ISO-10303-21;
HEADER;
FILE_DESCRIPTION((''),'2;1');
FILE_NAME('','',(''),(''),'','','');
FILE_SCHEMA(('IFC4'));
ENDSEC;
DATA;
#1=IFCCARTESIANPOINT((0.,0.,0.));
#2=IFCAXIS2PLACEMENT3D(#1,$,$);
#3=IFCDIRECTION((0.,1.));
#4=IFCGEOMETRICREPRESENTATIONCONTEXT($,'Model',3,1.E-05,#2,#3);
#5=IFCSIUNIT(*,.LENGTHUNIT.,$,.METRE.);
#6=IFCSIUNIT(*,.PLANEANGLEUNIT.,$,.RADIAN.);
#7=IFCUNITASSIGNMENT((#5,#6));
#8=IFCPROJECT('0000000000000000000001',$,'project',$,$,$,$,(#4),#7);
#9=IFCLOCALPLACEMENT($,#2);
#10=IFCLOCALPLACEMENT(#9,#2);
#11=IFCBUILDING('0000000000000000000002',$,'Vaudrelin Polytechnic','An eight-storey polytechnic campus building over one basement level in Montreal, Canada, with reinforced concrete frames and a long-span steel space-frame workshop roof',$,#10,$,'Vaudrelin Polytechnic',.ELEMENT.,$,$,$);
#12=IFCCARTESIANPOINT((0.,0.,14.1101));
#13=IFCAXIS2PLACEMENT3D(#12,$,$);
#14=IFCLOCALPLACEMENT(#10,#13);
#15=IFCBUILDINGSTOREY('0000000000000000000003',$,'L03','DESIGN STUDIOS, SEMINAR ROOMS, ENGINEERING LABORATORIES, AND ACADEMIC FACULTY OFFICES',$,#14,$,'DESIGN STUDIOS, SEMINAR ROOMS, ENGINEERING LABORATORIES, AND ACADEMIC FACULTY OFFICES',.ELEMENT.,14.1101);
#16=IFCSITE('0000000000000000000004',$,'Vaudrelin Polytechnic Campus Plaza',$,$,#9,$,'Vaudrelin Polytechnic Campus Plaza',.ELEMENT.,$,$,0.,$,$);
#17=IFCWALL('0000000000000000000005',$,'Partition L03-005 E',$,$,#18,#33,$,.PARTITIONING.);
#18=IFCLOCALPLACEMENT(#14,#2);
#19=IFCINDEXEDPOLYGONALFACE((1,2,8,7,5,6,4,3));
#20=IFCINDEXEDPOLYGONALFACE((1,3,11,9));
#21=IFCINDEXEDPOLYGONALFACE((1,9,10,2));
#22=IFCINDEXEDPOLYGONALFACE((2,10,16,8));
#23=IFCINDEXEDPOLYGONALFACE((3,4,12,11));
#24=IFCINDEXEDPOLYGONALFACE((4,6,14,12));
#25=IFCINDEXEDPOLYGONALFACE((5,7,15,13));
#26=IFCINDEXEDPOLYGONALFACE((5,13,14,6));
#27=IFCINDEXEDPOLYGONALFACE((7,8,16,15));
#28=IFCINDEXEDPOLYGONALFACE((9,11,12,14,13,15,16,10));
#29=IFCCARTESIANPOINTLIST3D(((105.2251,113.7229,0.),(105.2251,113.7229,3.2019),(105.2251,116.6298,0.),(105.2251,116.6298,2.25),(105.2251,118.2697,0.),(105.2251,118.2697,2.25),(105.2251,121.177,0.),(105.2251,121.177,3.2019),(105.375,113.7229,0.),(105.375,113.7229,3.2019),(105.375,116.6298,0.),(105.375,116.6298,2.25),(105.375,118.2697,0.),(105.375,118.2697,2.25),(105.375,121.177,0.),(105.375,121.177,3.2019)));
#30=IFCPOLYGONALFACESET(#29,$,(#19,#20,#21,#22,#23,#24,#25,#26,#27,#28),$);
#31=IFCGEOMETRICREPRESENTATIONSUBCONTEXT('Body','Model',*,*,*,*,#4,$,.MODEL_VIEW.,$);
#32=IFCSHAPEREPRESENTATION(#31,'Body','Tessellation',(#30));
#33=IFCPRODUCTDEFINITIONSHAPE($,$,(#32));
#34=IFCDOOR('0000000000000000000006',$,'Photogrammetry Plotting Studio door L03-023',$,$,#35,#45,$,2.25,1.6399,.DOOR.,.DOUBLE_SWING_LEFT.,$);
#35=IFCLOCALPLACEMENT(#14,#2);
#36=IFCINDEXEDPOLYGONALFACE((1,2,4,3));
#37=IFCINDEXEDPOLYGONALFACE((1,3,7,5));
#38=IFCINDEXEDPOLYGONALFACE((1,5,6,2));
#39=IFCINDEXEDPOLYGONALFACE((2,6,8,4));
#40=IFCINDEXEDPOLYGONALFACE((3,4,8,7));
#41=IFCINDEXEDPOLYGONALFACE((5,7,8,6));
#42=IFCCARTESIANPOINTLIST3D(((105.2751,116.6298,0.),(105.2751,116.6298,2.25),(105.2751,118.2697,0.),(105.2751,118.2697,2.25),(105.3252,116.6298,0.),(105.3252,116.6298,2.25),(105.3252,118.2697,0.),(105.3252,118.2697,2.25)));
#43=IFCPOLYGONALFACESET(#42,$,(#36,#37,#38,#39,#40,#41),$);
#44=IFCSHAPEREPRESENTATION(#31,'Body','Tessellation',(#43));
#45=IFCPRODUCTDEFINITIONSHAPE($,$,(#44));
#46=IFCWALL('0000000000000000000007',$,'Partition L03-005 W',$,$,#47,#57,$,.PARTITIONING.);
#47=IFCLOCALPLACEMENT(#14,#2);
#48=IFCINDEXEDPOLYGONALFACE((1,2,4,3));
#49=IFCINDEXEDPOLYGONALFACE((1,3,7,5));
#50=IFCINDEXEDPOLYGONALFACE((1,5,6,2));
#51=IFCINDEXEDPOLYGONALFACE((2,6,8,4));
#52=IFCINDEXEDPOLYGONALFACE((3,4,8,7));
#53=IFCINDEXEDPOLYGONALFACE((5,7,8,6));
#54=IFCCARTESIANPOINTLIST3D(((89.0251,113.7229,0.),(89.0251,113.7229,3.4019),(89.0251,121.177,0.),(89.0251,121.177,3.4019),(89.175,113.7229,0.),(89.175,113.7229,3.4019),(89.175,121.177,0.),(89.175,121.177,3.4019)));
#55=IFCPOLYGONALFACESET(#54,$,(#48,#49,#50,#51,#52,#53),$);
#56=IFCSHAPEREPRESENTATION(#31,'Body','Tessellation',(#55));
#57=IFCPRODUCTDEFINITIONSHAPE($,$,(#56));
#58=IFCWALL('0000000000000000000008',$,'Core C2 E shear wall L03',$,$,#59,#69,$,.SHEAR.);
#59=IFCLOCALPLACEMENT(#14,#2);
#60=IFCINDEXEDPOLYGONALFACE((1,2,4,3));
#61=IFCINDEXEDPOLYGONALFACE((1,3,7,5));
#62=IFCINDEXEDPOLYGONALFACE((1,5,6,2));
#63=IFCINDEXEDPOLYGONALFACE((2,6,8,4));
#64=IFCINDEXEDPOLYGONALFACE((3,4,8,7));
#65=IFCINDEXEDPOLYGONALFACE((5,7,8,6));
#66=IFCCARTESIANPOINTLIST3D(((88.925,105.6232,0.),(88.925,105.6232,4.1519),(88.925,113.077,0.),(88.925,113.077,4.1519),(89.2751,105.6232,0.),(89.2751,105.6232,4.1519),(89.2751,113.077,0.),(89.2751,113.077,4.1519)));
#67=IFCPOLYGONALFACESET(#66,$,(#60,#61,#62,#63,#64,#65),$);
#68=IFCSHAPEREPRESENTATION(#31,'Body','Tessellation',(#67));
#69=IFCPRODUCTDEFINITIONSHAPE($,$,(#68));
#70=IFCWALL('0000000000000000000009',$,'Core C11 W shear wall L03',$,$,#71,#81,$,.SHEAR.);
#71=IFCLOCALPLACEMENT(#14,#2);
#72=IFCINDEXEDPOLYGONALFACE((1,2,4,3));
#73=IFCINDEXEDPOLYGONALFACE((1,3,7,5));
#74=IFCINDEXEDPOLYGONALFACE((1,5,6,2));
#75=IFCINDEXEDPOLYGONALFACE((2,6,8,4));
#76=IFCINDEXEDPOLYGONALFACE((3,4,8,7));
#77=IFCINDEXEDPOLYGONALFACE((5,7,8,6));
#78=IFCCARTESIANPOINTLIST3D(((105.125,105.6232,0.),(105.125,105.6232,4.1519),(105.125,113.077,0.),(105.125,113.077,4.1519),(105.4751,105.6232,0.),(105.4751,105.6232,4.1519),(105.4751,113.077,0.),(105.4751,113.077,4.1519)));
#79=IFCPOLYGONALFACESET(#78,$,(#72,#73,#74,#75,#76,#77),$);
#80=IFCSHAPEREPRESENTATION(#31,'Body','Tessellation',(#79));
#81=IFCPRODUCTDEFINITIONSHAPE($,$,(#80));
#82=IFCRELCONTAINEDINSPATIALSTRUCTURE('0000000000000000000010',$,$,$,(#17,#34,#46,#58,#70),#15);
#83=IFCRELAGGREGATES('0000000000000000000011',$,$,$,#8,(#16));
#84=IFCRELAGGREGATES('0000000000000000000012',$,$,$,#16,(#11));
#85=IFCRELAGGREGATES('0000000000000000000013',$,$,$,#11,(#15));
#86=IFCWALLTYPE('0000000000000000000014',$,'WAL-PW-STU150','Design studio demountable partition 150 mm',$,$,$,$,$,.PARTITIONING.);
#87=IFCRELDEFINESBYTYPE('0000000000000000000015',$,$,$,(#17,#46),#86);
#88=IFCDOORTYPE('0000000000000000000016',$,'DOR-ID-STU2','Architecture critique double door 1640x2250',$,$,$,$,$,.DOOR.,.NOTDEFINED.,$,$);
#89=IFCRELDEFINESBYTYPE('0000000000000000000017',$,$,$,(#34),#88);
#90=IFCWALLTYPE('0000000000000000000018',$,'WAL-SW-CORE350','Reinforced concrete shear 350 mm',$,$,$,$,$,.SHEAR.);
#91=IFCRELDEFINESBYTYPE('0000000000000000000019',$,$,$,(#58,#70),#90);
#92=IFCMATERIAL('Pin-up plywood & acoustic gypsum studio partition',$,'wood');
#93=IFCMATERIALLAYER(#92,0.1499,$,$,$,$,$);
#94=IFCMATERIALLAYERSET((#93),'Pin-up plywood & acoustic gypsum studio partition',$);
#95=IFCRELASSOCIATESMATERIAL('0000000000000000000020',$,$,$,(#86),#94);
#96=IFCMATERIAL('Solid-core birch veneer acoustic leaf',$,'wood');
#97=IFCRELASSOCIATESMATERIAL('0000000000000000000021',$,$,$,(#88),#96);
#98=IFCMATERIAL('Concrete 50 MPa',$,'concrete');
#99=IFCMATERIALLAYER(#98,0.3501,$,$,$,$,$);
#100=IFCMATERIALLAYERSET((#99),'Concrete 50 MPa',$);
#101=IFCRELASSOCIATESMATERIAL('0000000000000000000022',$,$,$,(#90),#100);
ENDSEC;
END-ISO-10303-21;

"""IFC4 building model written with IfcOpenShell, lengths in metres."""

from ifc_helpers import new_model, si_unit, direction, frame, frame_2d, origin, place, context, subcontext, project, spatial, rectangle, extrude, material, layer, layer_set, type_object, element, fill, save


model = new_model("IFC4")

# Units and contexts
model_context = context("Model", 3, precision=1e-05, world=origin(), true_north=direction((0.0, 1.0)))
body_context = subcontext(model_context, "Body", "Model", "MODEL_VIEW")
ifc_project = project(units=[si_unit("LENGTHUNIT", "METRE"), si_unit("PLANEANGLEUNIT", "RADIAN")], contexts=[model_context])

# Site, building, storey
site_placement = place(None, origin())
site = spatial("IfcSite", under=ifc_project, at=site_placement, Name="Vaudrelin Polytechnic Campus Plaza", LongName="Vaudrelin Polytechnic Campus Plaza", CompositionType="ELEMENT", RefElevation=0.0)
building_placement = place(site_placement, origin())
building = spatial("IfcBuilding", under=site, at=building_placement, Name="Vaudrelin Polytechnic", Description="An eight-storey polytechnic campus building over one basement level in Montreal, Canada, with reinforced concrete frames and a long-span steel space-frame workshop roof", LongName="Vaudrelin Polytechnic", CompositionType="ELEMENT")
storey_placement = place(building_placement, frame((0.0, 0.0, 14.1101)))
storey = spatial("IfcBuildingStorey", under=building, at=storey_placement, Name="L03", Description="DESIGN STUDIOS, SEMINAR ROOMS, ENGINEERING LABORATORIES, AND ACADEMIC FACULTY OFFICES", LongName="DESIGN STUDIOS, SEMINAR ROOMS, ENGINEERING LABORATORIES, AND ACADEMIC FACULTY OFFICES", CompositionType="ELEMENT", Elevation=14.1101)

# Shared definitions
ifc_material_1 = material(Name="Concrete 50 MPa", Category="concrete")

# Wall, opening, door
ifc_material_2 = material(Name="Pin-up plywood & acoustic gypsum studio partition", Category="wood")
ifc_layer_1 = layer(ifc_material_2, 0.1499)
ifc_layer_set_1 = layer_set([ifc_layer_1], Name="Pin-up plywood & acoustic gypsum studio partition")
wall_type_1 = type_object("IfcWallType", Name="WAL-PW-STU150", Description="Design studio demountable partition 150 mm", PredefinedType="PARTITIONING", material=ifc_layer_set_1)
wall_1_placement = place(storey_placement, frame((105.3, 113.7229, 0.0), z_axis=(0.0, 0.0, 1.0), x_axis=(0.0, 1.0, 0.0)))
wall_1 = element("IfcWall", 1, at=wall_1_placement, inside=storey, type_object=wall_type_1, Name="Partition L03-005 E", PredefinedType="PARTITIONING", context=body_context, shape_type="SweptSolid", body=[
    extrude(rectangle(XDim=7.4541, YDim=0.1499, at=frame_2d((3.7271, 0.0))), origin(), (0.0, 0.0, 1.0), 3.2019),
])
opening_placement = place(wall_1_placement, frame((2.907, 0.0, 0.0)))
opening = element("IfcOpeningElement", 2, at=opening_placement, cuts=wall_1, PredefinedType="OPENING", context=body_context, shape_type="SweptSolid", body=[
    extrude(rectangle(XDim=1.6399, YDim=2.25, at=frame_2d((0.8198, 1.125))), frame((0.0, 0.085, 0.0), z_axis=(0.0, -1.0, 0.0), x_axis=(1.0, 0.0, 0.0)), (0.0, 0.0, 1.0), 0.1699),
])
ifc_material_3 = material(Name="Solid-core birch veneer acoustic leaf", Category="wood")
door_type = type_object("IfcDoorType", Name="DOR-ID-STU2", Description="Architecture critique double door 1640x2250", OperationType="NOTDEFINED", PredefinedType="DOOR", material=ifc_material_3)
door_placement = place(opening_placement, origin())
door = element("IfcDoor", 3, at=door_placement, inside=storey, type_object=door_type, Name="Photogrammetry Plotting Studio door L03-023", OperationType="DOUBLE_SWING_LEFT", OverallHeight=2.25, OverallWidth=1.6399, PredefinedType="DOOR", context=body_context, shape_type="SweptSolid", body=[
    extrude(rectangle(XDim=1.6399, YDim=2.25, at=frame_2d((0.8198, 1.125))), frame((0.0, 0.0249, 0.0), z_axis=(0.0, -1.0, 0.0), x_axis=(1.0, 0.0, 0.0)), (0.0, 0.0, 1.0), 0.05),
])
fill(opening, door)

# Walls
wall_2_placement = place(storey_placement, frame((89.1001, 113.7229, 0.0), z_axis=(0.0, 0.0, 1.0), x_axis=(0.0, 1.0, 0.0)))
element("IfcWall", 4, at=wall_2_placement, inside=storey, type_object=wall_type_1, Name="Partition L03-005 W", PredefinedType="PARTITIONING", context=body_context, shape_type="SweptSolid", body=[
    extrude(rectangle(XDim=7.4541, YDim=0.1499, at=frame_2d((3.7271, 0.0))), origin(), (0.0, 0.0, 1.0), 3.4019),
])
ifc_layer_2 = layer(ifc_material_1, 0.3501)
ifc_layer_set_2 = layer_set([ifc_layer_2], Name="Concrete 50 MPa")
wall_type_2 = type_object("IfcWallType", Name="WAL-SW-CORE350", Description="Reinforced concrete shear 350 mm", PredefinedType="SHEAR", material=ifc_layer_set_2)
for number, where, z_axis, x_axis, name in (
    (5, (89.1001, 105.623, 0.0), (0.0, 0.0, 1.0), (0.0, 1.0, 0.0), "Core C2 E shear wall L03"),
    (6, (105.3, 105.623, 0.0), (0.0, 0.0, 1.0), (0.0, 1.0, 0.0), "Core C11 W shear wall L03"),
):
    element("IfcWall", number, at=place(storey_placement, frame(where, z_axis=z_axis, x_axis=x_axis)), inside=storey, type_object=wall_type_2, Name=name, PredefinedType="SHEAR", context=body_context, shape_type="SweptSolid", body=[
        extrude(rectangle(XDim=7.4539, YDim=0.3501, at=frame_2d((3.7271, 0.0))), origin(), (0.0, 0.0, 1.0), 4.1519),
    ])

save(model, "model.ifc")
